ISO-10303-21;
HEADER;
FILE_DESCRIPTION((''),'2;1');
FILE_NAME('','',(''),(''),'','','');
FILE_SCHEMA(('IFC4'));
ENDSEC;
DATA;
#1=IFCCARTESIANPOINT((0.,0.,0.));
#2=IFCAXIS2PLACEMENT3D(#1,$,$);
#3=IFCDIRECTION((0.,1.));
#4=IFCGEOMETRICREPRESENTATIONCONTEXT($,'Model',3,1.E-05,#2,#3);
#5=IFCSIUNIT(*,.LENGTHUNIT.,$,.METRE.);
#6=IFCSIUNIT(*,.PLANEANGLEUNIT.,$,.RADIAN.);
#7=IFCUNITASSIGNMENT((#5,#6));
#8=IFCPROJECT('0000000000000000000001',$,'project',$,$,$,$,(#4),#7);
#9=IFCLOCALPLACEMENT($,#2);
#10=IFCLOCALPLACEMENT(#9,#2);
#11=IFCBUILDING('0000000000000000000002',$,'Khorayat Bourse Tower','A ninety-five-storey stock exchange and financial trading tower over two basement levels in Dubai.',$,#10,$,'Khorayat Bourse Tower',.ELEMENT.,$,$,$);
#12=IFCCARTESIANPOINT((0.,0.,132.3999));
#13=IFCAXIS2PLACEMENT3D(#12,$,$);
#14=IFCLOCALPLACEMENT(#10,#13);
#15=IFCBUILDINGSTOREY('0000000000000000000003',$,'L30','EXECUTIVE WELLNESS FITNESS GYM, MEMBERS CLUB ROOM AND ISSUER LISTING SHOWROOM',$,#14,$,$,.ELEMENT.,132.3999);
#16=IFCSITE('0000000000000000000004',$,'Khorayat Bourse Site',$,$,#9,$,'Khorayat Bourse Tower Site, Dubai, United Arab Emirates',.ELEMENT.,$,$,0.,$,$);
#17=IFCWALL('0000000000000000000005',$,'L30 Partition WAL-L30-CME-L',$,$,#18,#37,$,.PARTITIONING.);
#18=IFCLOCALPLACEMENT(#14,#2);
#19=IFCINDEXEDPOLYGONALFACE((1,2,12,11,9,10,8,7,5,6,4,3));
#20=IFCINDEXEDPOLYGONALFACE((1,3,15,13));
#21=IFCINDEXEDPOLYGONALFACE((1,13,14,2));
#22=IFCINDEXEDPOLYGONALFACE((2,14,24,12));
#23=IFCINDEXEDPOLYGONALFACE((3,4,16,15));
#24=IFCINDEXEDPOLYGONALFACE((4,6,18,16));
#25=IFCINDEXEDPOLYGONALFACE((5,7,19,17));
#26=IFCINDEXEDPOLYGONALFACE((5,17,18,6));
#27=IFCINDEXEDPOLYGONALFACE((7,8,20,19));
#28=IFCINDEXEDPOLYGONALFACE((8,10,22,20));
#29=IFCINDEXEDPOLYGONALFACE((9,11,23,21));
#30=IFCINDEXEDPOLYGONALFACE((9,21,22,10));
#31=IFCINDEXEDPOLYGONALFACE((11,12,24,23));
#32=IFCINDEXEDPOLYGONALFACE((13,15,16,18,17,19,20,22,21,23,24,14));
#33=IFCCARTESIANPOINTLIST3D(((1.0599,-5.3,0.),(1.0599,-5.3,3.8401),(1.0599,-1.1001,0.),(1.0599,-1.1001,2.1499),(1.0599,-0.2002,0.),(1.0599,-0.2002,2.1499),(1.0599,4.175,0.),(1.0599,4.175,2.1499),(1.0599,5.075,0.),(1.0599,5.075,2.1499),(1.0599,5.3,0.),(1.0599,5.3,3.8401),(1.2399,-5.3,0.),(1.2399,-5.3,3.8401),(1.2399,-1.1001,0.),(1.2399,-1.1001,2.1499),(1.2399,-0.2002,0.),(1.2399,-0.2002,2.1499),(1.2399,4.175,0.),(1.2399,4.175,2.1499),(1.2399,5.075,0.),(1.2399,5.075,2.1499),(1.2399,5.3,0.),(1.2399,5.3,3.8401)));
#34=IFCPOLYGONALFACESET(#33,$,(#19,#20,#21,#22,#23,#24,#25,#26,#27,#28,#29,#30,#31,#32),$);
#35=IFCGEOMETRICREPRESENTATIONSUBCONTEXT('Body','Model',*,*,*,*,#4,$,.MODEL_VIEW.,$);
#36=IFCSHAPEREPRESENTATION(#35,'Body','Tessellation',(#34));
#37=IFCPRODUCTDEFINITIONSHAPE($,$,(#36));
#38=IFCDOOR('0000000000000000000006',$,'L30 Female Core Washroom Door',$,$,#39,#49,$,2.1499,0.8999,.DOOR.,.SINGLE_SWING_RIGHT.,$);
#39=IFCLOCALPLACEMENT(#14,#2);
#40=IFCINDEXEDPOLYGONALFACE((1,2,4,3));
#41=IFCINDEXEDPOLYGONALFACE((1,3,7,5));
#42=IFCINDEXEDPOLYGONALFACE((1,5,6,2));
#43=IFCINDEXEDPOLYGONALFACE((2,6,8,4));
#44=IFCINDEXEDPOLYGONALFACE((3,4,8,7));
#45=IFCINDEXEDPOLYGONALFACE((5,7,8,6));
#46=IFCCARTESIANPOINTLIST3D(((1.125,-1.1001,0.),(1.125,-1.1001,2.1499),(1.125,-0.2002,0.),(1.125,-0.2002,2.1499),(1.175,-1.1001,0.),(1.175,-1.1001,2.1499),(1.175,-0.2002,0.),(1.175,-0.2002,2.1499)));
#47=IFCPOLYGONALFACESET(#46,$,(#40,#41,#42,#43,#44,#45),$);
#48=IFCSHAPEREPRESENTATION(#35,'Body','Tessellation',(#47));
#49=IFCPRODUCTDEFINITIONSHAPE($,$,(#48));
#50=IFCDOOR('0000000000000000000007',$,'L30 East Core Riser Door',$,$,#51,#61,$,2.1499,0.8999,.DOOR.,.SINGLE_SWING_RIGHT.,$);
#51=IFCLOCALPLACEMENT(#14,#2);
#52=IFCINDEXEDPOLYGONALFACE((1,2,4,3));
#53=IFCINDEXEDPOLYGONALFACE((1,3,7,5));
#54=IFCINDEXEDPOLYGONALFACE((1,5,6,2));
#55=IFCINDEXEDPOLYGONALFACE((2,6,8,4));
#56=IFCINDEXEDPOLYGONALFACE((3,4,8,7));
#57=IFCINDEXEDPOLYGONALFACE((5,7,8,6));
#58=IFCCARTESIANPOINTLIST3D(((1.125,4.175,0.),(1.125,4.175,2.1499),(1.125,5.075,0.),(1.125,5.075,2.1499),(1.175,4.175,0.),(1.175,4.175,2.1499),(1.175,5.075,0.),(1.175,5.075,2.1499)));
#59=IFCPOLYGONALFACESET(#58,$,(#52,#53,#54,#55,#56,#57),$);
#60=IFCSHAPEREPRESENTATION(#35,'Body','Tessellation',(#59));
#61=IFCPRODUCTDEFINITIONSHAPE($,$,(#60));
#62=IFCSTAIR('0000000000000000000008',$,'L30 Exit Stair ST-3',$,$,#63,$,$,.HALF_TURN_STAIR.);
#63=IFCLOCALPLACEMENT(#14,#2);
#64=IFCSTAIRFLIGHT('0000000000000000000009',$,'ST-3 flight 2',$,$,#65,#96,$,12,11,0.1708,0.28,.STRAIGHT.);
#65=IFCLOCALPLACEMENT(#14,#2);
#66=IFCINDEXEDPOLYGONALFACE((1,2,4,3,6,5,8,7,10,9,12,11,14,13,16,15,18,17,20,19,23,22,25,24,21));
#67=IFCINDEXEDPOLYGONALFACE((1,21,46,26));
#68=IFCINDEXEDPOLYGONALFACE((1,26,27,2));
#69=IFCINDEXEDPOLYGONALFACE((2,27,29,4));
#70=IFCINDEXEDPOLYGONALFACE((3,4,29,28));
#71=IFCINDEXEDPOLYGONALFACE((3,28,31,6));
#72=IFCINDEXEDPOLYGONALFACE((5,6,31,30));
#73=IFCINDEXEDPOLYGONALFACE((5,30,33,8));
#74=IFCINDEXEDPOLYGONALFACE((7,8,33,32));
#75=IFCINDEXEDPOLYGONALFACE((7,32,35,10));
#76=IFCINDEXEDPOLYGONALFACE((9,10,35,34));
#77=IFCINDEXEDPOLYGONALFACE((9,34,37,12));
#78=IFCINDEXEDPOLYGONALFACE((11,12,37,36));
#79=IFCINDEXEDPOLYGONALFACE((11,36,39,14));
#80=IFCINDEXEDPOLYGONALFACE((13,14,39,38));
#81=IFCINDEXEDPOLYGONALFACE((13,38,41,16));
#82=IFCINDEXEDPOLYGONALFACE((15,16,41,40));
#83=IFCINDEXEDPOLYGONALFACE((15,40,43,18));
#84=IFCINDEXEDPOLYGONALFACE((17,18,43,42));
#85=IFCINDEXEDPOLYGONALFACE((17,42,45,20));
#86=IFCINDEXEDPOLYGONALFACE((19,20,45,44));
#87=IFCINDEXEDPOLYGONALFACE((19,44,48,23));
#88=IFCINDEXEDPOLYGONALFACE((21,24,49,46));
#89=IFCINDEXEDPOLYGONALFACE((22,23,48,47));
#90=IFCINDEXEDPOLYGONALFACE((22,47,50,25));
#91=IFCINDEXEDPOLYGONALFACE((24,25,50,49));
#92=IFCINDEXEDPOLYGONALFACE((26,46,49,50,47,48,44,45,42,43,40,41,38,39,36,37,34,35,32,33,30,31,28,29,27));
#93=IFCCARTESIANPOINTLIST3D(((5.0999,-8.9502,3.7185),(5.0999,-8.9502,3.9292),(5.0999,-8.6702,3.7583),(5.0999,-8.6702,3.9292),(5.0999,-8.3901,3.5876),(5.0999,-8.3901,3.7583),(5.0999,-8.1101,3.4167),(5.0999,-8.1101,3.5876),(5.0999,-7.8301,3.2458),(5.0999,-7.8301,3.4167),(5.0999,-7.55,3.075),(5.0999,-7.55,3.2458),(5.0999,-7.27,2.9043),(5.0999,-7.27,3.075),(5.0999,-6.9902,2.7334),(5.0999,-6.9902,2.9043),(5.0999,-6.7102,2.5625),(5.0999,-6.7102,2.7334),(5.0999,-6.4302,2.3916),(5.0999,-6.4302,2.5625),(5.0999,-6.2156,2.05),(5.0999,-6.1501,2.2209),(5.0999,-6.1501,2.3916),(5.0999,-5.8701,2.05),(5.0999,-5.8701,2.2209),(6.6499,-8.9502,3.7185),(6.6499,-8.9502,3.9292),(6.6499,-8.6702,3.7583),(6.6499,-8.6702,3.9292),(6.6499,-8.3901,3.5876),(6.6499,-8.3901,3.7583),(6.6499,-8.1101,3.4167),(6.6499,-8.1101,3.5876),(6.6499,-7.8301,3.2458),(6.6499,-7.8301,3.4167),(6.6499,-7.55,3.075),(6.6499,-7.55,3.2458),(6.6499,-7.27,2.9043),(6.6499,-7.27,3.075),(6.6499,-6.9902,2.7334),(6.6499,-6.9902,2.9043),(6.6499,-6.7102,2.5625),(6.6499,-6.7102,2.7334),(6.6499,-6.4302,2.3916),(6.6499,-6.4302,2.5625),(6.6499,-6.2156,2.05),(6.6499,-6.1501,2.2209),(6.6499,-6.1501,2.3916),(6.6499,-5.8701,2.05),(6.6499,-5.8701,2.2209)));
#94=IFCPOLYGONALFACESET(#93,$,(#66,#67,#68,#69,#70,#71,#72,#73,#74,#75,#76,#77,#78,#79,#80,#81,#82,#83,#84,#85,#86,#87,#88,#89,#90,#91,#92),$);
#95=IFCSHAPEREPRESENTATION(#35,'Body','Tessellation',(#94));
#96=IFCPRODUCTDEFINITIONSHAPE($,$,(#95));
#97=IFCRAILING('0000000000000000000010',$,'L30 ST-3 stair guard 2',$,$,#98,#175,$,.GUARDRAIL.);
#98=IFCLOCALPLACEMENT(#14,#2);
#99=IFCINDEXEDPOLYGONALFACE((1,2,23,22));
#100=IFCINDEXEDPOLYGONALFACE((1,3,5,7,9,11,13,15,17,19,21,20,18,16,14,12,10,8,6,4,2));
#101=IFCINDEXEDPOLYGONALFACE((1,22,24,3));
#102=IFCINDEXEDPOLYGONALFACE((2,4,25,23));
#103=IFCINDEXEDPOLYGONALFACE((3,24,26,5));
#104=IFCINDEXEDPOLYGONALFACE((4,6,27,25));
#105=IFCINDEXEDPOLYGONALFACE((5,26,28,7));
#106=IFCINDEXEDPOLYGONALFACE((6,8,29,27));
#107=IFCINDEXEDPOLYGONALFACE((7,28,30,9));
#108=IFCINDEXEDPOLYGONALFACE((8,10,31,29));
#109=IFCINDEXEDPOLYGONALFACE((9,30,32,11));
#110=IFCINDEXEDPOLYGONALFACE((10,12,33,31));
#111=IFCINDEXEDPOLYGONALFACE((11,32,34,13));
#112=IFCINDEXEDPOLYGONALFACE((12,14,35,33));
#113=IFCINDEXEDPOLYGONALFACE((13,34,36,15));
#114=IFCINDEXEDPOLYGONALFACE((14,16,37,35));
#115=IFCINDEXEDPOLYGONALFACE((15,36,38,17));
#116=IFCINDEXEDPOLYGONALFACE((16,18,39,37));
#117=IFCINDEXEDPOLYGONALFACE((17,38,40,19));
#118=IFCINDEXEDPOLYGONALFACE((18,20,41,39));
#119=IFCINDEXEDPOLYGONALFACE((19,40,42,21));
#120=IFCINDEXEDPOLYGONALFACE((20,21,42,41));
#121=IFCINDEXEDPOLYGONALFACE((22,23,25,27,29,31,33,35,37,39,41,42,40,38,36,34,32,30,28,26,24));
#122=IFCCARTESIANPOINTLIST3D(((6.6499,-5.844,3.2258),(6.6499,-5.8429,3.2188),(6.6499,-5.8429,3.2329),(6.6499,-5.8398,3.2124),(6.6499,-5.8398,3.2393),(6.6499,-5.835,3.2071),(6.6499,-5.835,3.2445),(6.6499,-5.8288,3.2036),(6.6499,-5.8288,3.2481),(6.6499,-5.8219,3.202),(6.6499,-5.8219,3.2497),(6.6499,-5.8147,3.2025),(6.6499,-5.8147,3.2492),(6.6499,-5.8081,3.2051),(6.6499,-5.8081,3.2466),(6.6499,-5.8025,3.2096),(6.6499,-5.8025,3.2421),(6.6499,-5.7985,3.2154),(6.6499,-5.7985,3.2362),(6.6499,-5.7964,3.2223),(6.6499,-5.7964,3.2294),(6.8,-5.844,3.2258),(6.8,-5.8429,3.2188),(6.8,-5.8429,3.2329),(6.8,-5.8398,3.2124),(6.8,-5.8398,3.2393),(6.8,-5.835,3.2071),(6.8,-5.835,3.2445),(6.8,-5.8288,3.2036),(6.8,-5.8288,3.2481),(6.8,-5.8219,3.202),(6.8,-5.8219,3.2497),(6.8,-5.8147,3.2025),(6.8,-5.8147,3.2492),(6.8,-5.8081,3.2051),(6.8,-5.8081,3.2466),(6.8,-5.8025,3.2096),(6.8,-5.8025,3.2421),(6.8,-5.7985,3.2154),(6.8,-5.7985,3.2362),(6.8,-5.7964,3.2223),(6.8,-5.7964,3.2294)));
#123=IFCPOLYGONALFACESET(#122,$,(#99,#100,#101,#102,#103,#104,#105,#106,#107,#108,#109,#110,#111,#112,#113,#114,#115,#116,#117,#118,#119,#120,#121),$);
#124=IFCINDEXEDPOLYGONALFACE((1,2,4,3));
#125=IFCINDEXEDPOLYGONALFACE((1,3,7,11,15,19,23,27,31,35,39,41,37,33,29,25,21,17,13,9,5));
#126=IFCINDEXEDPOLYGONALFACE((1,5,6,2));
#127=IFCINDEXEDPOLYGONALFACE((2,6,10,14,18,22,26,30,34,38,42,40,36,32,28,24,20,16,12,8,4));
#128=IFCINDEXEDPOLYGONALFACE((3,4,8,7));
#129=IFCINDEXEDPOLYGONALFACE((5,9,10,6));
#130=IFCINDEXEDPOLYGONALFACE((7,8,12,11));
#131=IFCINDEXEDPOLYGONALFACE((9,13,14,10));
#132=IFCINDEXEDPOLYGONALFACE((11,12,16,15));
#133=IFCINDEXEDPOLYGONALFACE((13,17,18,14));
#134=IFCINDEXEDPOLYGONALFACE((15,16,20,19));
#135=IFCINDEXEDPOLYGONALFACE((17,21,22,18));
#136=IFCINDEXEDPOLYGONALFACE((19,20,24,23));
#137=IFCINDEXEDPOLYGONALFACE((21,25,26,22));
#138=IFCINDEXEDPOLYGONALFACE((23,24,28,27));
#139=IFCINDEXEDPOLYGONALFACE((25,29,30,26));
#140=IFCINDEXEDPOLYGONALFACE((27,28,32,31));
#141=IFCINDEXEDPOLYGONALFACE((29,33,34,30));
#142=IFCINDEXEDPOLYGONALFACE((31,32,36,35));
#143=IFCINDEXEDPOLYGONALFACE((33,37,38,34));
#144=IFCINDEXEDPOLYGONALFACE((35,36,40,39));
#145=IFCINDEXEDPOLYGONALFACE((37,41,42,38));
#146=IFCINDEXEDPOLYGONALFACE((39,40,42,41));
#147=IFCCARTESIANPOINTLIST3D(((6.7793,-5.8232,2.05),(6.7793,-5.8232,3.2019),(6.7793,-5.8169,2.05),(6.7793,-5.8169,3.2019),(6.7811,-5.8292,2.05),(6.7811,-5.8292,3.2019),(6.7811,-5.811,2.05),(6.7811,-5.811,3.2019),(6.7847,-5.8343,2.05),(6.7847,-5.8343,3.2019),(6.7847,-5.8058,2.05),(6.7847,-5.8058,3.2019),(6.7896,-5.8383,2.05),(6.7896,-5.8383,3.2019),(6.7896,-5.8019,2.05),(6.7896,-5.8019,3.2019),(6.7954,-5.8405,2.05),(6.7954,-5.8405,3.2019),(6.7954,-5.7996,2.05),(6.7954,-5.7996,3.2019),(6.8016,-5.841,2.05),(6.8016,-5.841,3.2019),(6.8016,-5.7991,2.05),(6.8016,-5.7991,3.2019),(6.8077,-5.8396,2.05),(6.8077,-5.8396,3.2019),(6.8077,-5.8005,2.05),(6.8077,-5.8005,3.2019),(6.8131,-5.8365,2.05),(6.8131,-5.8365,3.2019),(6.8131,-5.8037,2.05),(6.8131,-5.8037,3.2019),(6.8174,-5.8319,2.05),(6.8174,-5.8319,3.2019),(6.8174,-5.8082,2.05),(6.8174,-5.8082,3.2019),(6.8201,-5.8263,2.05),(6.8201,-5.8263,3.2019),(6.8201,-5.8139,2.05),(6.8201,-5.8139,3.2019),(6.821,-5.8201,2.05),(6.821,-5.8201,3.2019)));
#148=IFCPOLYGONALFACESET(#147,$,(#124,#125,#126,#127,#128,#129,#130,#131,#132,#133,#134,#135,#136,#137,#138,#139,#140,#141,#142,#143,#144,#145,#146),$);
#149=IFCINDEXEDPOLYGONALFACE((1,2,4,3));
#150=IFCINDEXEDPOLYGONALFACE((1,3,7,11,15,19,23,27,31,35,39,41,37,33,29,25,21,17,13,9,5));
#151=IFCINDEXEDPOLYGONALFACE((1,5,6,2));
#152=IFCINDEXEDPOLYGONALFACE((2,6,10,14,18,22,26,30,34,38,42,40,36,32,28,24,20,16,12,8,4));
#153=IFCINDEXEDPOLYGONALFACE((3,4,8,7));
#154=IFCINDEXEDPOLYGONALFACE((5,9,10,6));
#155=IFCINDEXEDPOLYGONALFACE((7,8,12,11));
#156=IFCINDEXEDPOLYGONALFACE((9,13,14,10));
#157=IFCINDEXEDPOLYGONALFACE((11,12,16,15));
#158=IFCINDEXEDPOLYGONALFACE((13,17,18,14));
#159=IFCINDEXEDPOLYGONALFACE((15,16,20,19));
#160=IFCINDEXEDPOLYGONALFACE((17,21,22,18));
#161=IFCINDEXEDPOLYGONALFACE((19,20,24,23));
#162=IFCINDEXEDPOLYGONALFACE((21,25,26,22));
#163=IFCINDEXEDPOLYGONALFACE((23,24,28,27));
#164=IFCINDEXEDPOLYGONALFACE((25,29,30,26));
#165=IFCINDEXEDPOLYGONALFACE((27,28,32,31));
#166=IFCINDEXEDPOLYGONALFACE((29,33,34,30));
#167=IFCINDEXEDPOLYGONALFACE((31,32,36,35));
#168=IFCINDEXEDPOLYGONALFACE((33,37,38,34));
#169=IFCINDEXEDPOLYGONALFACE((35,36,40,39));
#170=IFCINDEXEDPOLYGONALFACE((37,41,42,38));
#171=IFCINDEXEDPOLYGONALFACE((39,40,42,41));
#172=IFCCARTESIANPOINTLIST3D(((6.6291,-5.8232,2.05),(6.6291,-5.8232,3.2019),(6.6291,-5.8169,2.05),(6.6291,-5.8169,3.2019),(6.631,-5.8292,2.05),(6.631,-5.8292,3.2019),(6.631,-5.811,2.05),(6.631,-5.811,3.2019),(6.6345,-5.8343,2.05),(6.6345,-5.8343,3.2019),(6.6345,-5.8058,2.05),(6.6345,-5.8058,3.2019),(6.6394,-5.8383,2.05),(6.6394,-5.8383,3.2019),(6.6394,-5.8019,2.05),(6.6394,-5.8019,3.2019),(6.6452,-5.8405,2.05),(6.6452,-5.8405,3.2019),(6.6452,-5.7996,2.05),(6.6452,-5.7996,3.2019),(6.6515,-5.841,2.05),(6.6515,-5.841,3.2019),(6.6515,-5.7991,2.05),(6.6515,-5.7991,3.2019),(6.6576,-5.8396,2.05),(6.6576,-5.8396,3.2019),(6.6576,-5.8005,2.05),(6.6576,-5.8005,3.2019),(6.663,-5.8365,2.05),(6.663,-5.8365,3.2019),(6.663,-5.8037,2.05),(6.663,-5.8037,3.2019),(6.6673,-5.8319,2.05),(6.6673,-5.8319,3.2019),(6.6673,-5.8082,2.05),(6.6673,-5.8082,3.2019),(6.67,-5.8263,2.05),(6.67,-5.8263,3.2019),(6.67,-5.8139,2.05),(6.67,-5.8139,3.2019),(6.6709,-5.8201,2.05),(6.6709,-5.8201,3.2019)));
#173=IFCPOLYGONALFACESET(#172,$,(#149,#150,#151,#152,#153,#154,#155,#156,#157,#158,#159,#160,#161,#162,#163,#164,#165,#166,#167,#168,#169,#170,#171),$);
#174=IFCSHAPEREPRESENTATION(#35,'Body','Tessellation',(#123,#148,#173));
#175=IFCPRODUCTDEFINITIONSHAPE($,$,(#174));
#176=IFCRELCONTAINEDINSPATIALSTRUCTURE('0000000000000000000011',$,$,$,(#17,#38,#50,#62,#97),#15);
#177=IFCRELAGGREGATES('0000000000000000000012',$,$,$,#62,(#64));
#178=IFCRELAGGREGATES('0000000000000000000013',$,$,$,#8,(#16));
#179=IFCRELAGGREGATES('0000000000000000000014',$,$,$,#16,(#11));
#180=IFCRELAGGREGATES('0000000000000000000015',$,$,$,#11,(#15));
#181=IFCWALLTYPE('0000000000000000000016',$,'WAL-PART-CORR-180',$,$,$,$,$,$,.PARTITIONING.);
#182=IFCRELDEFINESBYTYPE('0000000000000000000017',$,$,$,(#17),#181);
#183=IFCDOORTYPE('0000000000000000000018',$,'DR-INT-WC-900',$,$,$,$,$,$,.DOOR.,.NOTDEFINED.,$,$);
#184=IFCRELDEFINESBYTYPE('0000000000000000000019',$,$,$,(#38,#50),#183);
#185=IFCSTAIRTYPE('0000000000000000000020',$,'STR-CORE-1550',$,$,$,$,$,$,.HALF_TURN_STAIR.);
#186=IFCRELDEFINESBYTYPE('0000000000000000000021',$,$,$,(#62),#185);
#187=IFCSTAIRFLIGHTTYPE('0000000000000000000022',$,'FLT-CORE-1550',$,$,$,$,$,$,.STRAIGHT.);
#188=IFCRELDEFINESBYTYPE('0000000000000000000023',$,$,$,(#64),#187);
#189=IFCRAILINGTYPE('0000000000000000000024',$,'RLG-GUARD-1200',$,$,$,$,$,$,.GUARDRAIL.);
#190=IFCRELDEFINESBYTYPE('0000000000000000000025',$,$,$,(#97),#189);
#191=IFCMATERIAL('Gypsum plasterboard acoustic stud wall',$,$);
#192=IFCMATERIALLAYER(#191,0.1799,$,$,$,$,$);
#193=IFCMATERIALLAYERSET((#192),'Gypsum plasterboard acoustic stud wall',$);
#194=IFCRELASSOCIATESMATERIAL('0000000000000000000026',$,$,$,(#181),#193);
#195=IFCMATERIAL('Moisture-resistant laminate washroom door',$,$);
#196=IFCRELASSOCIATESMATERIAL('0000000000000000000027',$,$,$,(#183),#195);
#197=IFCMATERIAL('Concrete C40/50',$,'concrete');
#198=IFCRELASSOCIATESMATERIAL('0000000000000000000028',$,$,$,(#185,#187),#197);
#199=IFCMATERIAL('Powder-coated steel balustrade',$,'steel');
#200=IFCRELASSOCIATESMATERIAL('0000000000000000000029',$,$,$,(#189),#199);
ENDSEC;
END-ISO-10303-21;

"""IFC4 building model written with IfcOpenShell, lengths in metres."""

from ifc_helpers import new_model, si_unit, direction, frame, frame_2d, origin, origin_2d, place, context, subcontext, project, spatial, polyline, rectangle, circle, outline, extrude, source, transform, mapped, material, layer, layer_set, type_object, element, fill, aggregate, save


model = new_model("IFC4")

# Units and contexts
model_context = context("Model", 3, precision=1e-05, world=origin(), true_north=direction((0.0, 1.0)))
body_context = subcontext(model_context, "Body", "Model", "MODEL_VIEW")
ifc_project = project(units=[si_unit("LENGTHUNIT", "METRE"), si_unit("PLANEANGLEUNIT", "RADIAN")], contexts=[model_context])

# Site, building, storey
site_placement = place(None, origin())
site = spatial("IfcSite", under=ifc_project, at=site_placement, Name="Khorayat Bourse Site", LongName="Khorayat Bourse Tower Site, Dubai, United Arab Emirates", CompositionType="ELEMENT", RefElevation=0.0)
building_placement = place(site_placement, origin())
building = spatial("IfcBuilding", under=site, at=building_placement, Name="Khorayat Bourse Tower", Description="A ninety-five-storey stock exchange and financial trading tower over two basement levels in Dubai.", LongName="Khorayat Bourse Tower", CompositionType="ELEMENT")
storey_placement = place(building_placement, frame((0.0, 0.0, 132.3999)))
storey = spatial("IfcBuildingStorey", under=building, at=storey_placement, Name="L30", Description="EXECUTIVE WELLNESS FITNESS GYM, MEMBERS CLUB ROOM AND ISSUER LISTING SHOWROOM", CompositionType="ELEMENT", Elevation=132.3999)

# Wall, openings, doors
ifc_material_1 = material(Name="Gypsum plasterboard acoustic stud wall")
ifc_layer_1 = layer(ifc_material_1, 0.1799)
ifc_layer_set_1 = layer_set([ifc_layer_1], Name="Gypsum plasterboard acoustic stud wall")
wall_type_1 = type_object("IfcWallType", Name="WAL-PART-CORR-180", PredefinedType="PARTITIONING", material=ifc_layer_set_1)
shared_shape_1 = source(origin(), body_context, "Body", "SweptSolid", [
    extrude(rectangle(XDim=10.6001, YDim=0.1799, at=frame_2d((5.3, 0.0))), origin(), (0.0, 0.0, 1.0), 3.8401),
])
shared_shape_2 = source(origin(), body_context, "Body", "SweptSolid", [
    extrude(rectangle(XDim=0.8999, YDim=2.1499, at=frame_2d((0.45, 1.075))), frame((0.0, 0.0999, 0.0), z_axis=(0.0, -1.0, 0.0), x_axis=(1.0, 0.0, 0.0)), (0.0, 0.0, 1.0), 0.2),
])
ifc_material_2 = material(Name="Moisture-resistant laminate washroom door")
door_type_1 = type_object("IfcDoorType", Name="DR-INT-WC-900", OperationType="NOTDEFINED", PredefinedType="DOOR", material=ifc_material_2)
shared_shape_3 = source(origin(), body_context, "Body", "SweptSolid", [
    extrude(rectangle(XDim=0.8999, YDim=2.1499, at=frame_2d((0.45, 1.075))), frame((0.0, 0.0249, 0.0), z_axis=(0.0, -1.0, 0.0), x_axis=(1.0, 0.0, 0.0)), (0.0, 0.0, 1.0), 0.05),
])
wall_1_placement = place(storey_placement, frame((1.1499, -5.3, 0.0), z_axis=(0.0, 0.0, 1.0), x_axis=(0.0, 1.0, 0.0)))
wall_1 = element("IfcWall", 1, at=wall_1_placement, inside=storey, type_object=wall_type_1, Name="L30 Partition WAL-L30-CME-L", PredefinedType="PARTITIONING", context=body_context, shape_type="MappedRepresentation", body=[
    mapped(shared_shape_1, transform((0.0, 0.0, 0.0), scale=1.0)),
])
opening_1_placement = place(wall_1_placement, frame((4.2, 0.0, 0.0)))
opening_1 = element("IfcOpeningElement", 2, at=opening_1_placement, cuts=wall_1, PredefinedType="OPENING", context=body_context, shape_type="MappedRepresentation", body=[
    mapped(shared_shape_2, transform((0.0, 0.0, 0.0), scale=1.0)),
])
opening_2_placement = place(wall_1_placement, frame((9.4751, 0.0, 0.0)))
opening_2 = element("IfcOpeningElement", 3, at=opening_2_placement, cuts=wall_1, PredefinedType="OPENING", context=body_context, shape_type="MappedRepresentation", body=[
    mapped(shared_shape_2, transform((0.0, 0.0, 0.0), scale=1.0)),
])
door_1_placement = place(opening_1_placement, origin())
door_1 = element("IfcDoor", 4, at=door_1_placement, inside=storey, type_object=door_type_1, Name="L30 Female Core Washroom Door", OperationType="SINGLE_SWING_RIGHT", OverallHeight=2.1499, OverallWidth=0.8999, PredefinedType="DOOR", context=body_context, shape_type="MappedRepresentation", body=[
    mapped(shared_shape_3, transform((0.0, 0.0, 0.0), scale=1.0)),
])
fill(opening_1, door_1)
door_2_placement = place(opening_2_placement, origin())
door_2 = element("IfcDoor", 5, at=door_2_placement, inside=storey, type_object=door_type_1, Name="L30 East Core Riser Door", OperationType="SINGLE_SWING_RIGHT", OverallHeight=2.1499, OverallWidth=0.8999, PredefinedType="DOOR", context=body_context, shape_type="MappedRepresentation", body=[
    mapped(shared_shape_3, transform((0.0, 0.0, 0.0), scale=1.0)),
])
fill(opening_2, door_2)

# Stair, stair flight
ifc_material_3 = material(Name="Concrete C40/50", Category="concrete")
stair_type = type_object("IfcStairType", Name="STR-CORE-1550", PredefinedType="HALF_TURN_STAIR", material=ifc_material_3)
stair_placement = place(storey_placement, origin())
stair = element("IfcStair", 6, at=stair_placement, inside=storey, type_object=stair_type, Name="L30 Exit Stair ST-3", PredefinedType="HALF_TURN_STAIR")
stair_flight_type = type_object("IfcStairFlightType", Name="FLT-CORE-1550", PredefinedType="STRAIGHT", material=ifc_material_3)
shared_shape_4 = source(origin(), body_context, "Body", "SweptSolid", [
    extrude(outline(polyline([(0.0, 0.0), (0.0, 0.1709), (0.28, 0.1709), (0.28, 0.3416), (0.5601, 0.3416), (0.5601, 0.5125), (0.8401, 0.5125), (0.8401, 0.6833), (1.1201, 0.6833), (1.1201, 0.8542), (1.3999, 0.8542), (1.3999, 1.0249), (1.6799, 1.0249), (1.6799, 1.1958), (1.96, 1.1958), (1.96, 1.3667), (2.24, 1.3667), (2.24, 1.5376), (2.52, 1.5376), (2.52, 1.7083), (2.8, 1.7083), (2.8, 1.8792), (3.0801, 1.8792), (3.0801, 2.05), (3.0801, 1.6685), (0.3455, 0.0), (0.0, 0.0)])), frame((0.0, 0.7749, 0.0), z_axis=(0.0, -1.0, 0.0), x_axis=(1.0, 0.0, 0.0)), (0.0, 0.0, 1.0), 1.55),
])
stair_flight_placement = place(storey_placement, frame((5.875, -5.8701, 2.05), z_axis=(0.0, 0.0, 1.0), x_axis=(0.0, -1.0, 0.0)))
stair_flight = element("IfcStairFlight", 7, at=stair_flight_placement, type_object=stair_flight_type, Name="ST-3 flight 2", NumberOfRisers=12, NumberOfTreads=11, PredefinedType="STRAIGHT", RiserHeight=0.1708, TreadLength=0.28, context=body_context, shape_type="MappedRepresentation", body=[
    mapped(shared_shape_4, transform((0.0, 0.0, 0.0), scale=1.0)),
])
aggregate(stair, [stair_flight])

# Railing
ifc_material_4 = material(Name="Powder-coated steel balustrade", Category="steel")
railing_type_1 = type_object("IfcRailingType", Name="RLG-GUARD-1200", PredefinedType="GUARDRAIL", material=ifc_material_4)
shared_shape_5 = source(origin(), body_context, "Body", "SweptSolid", [
    extrude(circle(Radius=0.0239, at=origin_2d()), frame((0.0, 0.0, 1.1758), z_axis=(-1.0, 0.0, 0.0), x_axis=(0.0, -1.0, 0.0)), (0.0, 0.0, 1.0), 0.1501),
    extrude(circle(Radius=0.021, at=origin_2d()), origin(), (0.0, 0.0, 1.0), 1.1519),
    extrude(circle(Radius=0.021, at=origin_2d()), frame((-0.1501, 0.0, 0.0)), (0.0, 0.0, 1.0), 1.1519),
])
for number, where, name in (
    (8, (6.8, -5.8201, 2.05), "L30 ST-3 stair guard 2"),
):
    element("IfcRailing", number, at=place(storey_placement, frame(where)), inside=storey, type_object=railing_type_1, Name=name, PredefinedType="GUARDRAIL", context=body_context, shape_type="MappedRepresentation", body=[
        mapped(shared_shape_5, transform((0.0, 0.0, 0.0), scale=1.0)),
    ])

save(model, "model.ifc")
